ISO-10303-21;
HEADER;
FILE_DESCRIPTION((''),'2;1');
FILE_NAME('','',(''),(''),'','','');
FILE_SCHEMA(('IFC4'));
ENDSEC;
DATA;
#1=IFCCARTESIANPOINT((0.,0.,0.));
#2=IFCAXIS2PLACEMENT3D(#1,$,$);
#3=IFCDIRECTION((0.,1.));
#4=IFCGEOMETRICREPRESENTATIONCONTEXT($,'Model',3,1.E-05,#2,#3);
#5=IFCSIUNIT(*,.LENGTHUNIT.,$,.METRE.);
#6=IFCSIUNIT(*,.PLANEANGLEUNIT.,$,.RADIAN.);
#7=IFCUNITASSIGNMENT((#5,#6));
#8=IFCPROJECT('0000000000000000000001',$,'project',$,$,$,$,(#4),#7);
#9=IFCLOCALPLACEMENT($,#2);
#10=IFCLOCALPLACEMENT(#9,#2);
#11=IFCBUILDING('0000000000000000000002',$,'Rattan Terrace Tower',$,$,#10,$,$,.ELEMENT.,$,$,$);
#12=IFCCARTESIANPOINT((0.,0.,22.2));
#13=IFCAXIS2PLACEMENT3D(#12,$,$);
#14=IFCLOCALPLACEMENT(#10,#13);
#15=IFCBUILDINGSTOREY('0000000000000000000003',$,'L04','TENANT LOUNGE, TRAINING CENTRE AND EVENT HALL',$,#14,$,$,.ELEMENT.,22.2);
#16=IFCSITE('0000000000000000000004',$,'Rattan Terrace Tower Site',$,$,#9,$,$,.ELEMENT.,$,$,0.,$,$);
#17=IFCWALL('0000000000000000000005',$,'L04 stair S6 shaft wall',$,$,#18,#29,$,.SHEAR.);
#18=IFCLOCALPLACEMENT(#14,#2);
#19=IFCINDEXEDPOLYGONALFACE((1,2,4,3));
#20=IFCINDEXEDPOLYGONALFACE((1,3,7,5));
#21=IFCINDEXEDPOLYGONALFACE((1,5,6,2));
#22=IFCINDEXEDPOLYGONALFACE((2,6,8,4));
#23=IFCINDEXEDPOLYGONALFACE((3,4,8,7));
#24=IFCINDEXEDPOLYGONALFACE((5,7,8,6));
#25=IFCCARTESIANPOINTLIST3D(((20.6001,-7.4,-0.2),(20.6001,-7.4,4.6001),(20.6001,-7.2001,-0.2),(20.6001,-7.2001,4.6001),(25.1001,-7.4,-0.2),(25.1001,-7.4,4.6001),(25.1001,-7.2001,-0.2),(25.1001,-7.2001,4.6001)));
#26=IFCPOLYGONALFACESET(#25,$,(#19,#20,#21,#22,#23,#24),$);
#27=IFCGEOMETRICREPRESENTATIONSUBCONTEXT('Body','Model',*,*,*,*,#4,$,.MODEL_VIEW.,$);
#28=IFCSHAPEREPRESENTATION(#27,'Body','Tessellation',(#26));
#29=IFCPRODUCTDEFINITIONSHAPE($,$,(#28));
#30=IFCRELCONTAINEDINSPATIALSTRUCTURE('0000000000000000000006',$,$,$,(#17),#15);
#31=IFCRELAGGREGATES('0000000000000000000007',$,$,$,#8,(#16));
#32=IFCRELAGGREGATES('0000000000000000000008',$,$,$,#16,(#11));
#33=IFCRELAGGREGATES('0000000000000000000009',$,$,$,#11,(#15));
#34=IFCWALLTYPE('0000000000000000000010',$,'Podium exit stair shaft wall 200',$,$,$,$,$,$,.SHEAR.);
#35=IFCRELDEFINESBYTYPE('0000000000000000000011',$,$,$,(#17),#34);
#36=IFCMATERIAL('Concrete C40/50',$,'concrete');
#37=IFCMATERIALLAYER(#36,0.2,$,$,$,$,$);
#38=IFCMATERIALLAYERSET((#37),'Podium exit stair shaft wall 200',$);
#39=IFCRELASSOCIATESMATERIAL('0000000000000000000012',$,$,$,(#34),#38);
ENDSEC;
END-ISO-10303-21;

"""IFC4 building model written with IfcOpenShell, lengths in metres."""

from ifc_helpers import new_model, si_unit, direction, frame, frame_2d, origin, place, context, subcontext, project, spatial, rectangle, extrude, material, layer, layer_set, type_object, element, save


model = new_model("IFC4")

# Units and contexts
model_context = context("Model", 3, precision=1e-05, world=origin(), true_north=direction((0.0, 1.0)))
body_context = subcontext(model_context, "Body", "Model", "MODEL_VIEW")
ifc_project = project(units=[si_unit("LENGTHUNIT", "METRE"), si_unit("PLANEANGLEUNIT", "RADIAN")], contexts=[model_context])

# Site, building, storey
site_placement = place(None, origin())
site = spatial("IfcSite", under=ifc_project, at=site_placement, Name="Rattan Terrace Tower Site", CompositionType="ELEMENT", RefElevation=0.0)
building_placement = place(site_placement, origin())
building = spatial("IfcBuilding", under=site, at=building_placement, Name="Rattan Terrace Tower", CompositionType="ELEMENT")
storey_placement = place(building_placement, frame((0.0, 0.0, 22.2)))
storey = spatial("IfcBuildingStorey", under=building, at=storey_placement, Name="L04", Description="TENANT LOUNGE, TRAINING CENTRE AND EVENT HALL", CompositionType="ELEMENT", Elevation=22.2)

# Shared definitions
ifc_material_1 = material(Name="Concrete C40/50", Category="concrete")
ifc_layer_1 = layer(ifc_material_1, 0.2)
ifc_layer_set_1 = layer_set([ifc_layer_1], Name="Podium exit stair shaft wall 200")
wall_type_1 = type_object("IfcWallType", Name="Podium exit stair shaft wall 200", PredefinedType="SHEAR", material=ifc_layer_set_1)

# Wall
wall_1_placement = place(storey_placement, frame((20.6001, -7.3, -0.2), z_axis=(0.0, 0.0, 1.0), x_axis=(1.0, 0.0, 0.0)))
element("IfcWall", 1, at=wall_1_placement, inside=storey, type_object=wall_type_1, Name="L04 stair S6 shaft wall", PredefinedType="SHEAR", context=body_context, shape_type="SweptSolid", body=[
    extrude(rectangle(XDim=4.5, YDim=0.2, at=frame_2d((2.25, 0.0))), origin(), (0.0, 0.0, 1.0), 4.8),
])

save(model, "model.ifc")
